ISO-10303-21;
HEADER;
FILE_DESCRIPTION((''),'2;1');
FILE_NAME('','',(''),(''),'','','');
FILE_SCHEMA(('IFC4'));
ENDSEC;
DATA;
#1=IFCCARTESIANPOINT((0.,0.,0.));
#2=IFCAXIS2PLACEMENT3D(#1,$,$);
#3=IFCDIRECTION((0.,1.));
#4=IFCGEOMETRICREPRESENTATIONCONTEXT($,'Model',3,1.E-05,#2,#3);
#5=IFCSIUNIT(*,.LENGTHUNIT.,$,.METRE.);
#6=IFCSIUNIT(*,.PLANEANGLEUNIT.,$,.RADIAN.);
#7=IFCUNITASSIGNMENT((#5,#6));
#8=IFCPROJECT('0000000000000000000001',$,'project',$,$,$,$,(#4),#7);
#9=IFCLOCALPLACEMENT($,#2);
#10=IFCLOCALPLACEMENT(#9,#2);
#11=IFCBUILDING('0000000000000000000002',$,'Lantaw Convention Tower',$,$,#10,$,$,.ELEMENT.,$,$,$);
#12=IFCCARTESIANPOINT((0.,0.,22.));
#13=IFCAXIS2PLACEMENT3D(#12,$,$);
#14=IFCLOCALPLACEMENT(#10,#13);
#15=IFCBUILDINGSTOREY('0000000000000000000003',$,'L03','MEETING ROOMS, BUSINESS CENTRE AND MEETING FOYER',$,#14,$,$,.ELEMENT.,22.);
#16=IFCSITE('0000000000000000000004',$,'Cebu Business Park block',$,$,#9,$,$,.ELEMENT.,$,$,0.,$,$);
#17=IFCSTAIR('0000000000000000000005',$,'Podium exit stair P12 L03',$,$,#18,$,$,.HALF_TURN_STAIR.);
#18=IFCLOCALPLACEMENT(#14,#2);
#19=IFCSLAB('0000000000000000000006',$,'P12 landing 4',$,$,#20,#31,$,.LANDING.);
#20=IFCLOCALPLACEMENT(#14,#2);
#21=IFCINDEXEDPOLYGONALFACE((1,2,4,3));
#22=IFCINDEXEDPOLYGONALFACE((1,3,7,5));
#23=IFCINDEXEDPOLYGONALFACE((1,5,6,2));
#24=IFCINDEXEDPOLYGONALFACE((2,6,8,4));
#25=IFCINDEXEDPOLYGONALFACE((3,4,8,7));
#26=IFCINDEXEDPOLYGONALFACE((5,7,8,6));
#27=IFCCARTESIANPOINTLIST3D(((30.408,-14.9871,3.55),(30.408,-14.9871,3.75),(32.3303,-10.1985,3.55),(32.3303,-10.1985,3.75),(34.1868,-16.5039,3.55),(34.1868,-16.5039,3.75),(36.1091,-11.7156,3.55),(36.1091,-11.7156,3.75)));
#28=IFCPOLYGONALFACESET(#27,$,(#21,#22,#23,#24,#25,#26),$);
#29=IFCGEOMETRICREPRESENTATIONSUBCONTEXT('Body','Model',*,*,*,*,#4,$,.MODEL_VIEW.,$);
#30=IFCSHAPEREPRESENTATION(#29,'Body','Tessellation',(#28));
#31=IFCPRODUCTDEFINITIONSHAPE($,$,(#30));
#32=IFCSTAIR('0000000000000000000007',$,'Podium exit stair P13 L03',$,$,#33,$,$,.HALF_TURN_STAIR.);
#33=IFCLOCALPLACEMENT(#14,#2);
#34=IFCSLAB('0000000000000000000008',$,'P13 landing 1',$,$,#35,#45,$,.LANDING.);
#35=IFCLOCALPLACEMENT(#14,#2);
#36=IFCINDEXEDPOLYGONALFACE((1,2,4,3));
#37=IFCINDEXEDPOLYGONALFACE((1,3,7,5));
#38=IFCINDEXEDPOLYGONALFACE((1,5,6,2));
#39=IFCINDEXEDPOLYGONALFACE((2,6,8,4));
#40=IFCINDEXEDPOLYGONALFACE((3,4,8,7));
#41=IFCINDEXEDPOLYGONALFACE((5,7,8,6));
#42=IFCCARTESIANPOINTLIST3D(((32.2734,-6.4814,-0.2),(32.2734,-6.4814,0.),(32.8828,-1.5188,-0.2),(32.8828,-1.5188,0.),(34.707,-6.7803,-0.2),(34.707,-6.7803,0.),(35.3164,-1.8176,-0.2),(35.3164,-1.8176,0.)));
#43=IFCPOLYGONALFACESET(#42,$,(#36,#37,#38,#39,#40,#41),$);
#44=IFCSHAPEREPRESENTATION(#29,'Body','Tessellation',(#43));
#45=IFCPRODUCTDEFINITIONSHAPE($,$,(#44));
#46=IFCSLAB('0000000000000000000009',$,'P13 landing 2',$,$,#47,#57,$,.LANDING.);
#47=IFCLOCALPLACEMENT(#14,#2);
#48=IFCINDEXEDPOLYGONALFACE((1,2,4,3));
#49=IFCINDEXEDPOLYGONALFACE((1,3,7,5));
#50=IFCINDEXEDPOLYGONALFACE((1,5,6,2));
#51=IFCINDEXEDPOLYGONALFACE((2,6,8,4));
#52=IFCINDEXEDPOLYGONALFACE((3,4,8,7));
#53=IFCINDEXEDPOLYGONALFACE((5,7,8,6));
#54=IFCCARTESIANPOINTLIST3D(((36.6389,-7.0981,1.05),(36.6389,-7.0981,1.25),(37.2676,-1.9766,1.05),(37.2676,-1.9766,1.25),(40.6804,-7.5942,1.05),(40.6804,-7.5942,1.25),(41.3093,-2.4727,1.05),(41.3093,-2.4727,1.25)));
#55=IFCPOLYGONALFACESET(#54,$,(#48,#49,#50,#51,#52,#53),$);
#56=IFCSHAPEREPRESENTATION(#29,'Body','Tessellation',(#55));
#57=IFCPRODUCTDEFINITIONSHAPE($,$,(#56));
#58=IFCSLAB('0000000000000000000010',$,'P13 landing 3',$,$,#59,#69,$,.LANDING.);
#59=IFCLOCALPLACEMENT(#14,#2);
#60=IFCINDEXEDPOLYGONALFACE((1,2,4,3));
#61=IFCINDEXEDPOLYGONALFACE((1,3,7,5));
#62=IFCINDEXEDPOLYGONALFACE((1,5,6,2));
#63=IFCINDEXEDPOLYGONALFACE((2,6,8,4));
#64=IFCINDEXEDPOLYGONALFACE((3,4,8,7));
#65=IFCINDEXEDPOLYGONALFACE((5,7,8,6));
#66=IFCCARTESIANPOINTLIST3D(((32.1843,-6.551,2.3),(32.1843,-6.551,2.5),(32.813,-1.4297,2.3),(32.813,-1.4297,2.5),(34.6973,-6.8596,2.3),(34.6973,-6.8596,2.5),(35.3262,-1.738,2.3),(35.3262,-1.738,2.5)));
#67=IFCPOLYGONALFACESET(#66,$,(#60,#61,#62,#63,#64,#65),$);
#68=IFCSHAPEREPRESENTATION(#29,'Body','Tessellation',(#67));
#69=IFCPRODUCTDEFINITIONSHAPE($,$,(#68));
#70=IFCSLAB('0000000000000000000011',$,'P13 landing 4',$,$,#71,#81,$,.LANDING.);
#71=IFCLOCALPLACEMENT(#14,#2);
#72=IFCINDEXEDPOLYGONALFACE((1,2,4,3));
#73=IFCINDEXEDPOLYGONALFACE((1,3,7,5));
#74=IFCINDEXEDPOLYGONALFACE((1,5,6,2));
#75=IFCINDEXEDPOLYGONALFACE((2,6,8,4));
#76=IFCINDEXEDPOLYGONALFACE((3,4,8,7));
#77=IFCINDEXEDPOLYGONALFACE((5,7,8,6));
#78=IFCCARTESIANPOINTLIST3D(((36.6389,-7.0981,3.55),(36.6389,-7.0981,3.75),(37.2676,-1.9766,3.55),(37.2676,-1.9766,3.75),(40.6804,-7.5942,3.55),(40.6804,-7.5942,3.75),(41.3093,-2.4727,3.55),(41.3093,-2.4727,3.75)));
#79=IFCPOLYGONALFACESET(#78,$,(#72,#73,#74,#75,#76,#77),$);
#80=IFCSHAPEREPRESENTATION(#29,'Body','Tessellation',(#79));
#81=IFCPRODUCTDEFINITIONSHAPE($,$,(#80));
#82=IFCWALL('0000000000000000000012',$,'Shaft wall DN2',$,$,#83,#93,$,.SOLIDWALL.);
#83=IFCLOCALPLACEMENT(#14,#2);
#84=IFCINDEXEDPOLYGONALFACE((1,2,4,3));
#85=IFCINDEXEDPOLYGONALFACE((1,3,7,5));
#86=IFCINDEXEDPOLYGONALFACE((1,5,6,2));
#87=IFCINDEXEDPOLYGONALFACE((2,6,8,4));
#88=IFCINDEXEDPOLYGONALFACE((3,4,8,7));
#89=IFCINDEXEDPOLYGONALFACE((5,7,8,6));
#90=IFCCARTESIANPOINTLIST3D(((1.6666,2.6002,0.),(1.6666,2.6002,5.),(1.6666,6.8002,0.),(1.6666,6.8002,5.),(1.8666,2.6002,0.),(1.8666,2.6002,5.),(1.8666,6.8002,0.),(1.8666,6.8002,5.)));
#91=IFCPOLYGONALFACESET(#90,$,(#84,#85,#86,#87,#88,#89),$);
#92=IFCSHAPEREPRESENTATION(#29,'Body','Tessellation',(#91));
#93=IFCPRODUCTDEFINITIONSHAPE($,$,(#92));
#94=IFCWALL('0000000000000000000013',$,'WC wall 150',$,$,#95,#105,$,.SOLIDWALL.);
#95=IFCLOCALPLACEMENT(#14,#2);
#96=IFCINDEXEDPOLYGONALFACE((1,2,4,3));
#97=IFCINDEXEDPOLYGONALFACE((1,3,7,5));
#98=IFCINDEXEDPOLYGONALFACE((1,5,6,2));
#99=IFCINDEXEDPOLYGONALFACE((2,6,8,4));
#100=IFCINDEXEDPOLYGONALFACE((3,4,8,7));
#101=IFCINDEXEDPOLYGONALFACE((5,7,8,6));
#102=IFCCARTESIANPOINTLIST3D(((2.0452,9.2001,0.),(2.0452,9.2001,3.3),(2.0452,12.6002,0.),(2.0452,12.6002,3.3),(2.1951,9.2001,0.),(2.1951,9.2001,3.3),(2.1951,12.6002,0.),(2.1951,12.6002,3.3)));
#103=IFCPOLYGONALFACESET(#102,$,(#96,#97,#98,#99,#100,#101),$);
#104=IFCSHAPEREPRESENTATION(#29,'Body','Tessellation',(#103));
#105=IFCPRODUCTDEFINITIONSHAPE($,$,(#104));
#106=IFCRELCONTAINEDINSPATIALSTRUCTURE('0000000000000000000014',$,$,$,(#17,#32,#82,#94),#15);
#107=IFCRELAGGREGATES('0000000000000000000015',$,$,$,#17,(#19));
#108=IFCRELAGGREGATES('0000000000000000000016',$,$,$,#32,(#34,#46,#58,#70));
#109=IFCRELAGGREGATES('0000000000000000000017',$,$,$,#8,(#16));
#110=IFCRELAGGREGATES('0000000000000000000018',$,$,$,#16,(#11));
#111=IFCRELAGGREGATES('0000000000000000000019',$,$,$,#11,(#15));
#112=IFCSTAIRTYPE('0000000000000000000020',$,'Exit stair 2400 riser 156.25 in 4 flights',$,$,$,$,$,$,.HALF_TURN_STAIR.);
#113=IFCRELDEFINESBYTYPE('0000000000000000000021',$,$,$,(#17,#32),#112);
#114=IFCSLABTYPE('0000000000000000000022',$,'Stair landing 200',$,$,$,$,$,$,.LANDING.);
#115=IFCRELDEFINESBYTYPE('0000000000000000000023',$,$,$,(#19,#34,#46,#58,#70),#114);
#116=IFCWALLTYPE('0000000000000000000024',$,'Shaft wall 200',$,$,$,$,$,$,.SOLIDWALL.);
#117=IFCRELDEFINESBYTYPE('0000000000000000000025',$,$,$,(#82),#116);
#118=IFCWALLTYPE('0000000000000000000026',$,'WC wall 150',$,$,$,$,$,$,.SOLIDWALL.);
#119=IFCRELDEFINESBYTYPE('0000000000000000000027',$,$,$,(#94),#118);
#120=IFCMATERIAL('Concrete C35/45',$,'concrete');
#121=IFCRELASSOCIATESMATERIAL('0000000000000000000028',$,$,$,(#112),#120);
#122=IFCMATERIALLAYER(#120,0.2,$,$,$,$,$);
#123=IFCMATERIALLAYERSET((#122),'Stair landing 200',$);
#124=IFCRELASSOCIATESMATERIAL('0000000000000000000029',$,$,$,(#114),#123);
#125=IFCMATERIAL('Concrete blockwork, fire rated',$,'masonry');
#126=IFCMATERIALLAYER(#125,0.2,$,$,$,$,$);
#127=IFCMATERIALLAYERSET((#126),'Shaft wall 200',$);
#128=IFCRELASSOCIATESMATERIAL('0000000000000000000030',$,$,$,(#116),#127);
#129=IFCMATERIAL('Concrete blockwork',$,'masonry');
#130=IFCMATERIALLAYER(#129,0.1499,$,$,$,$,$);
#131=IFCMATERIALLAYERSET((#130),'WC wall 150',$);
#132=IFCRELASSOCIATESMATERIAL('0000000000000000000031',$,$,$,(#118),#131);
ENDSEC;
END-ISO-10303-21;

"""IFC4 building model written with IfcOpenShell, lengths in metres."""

from ifc_helpers import new_model, si_unit, direction, frame, frame_2d, origin, place, context, subcontext, project, spatial, polyline, rectangle, outline, extrude, material, layer, layer_set, type_object, element, aggregate, save


model = new_model("IFC4")

# Units and contexts
model_context = context("Model", 3, precision=1e-05, world=origin(), true_north=direction((0.0, 1.0)))
body_context = subcontext(model_context, "Body", "Model", "MODEL_VIEW")
ifc_project = project(units=[si_unit("LENGTHUNIT", "METRE"), si_unit("PLANEANGLEUNIT", "RADIAN")], contexts=[model_context])

# Site, building, storey
site_placement = place(None, origin())
site = spatial("IfcSite", under=ifc_project, at=site_placement, Name="Cebu Business Park block", CompositionType="ELEMENT", RefElevation=0.0)
building_placement = place(site_placement, origin())
building = spatial("IfcBuilding", under=site, at=building_placement, Name="Lantaw Convention Tower", CompositionType="ELEMENT")
storey_placement = place(building_placement, frame((0.0, 0.0, 22.0)))
storey = spatial("IfcBuildingStorey", under=building, at=storey_placement, Name="L03", Description="MEETING ROOMS, BUSINESS CENTRE AND MEETING FOYER", CompositionType="ELEMENT", Elevation=22.0)

# Stairs, slabs
ifc_material_1 = material(Name="Concrete C35/45", Category="concrete")
stair_type = type_object("IfcStairType", Name="Exit stair 2400 riser 156.25 in 4 flights", PredefinedType="HALF_TURN_STAIR", material=ifc_material_1)
ifc_layer_1 = layer(ifc_material_1, 0.2)
ifc_layer_set_1 = layer_set([ifc_layer_1], Name="Stair landing 200")
slab_type = type_object("IfcSlabType", Name="Stair landing 200", PredefinedType="LANDING", material=ifc_layer_set_1)
stair_1_placement = place(storey_placement, origin())
stair_1 = element("IfcStair", 1, at=stair_1_placement, inside=storey, type_object=stair_type, Name="Podium exit stair P12 L03", PredefinedType="HALF_TURN_STAIR")
slab_1_placement = place(storey_placement, frame((0.0, 0.0, 3.55)))
slab_1 = element("IfcSlab", 2, at=slab_1_placement, type_object=slab_type, Name="P12 landing 4", PredefinedType="LANDING", context=body_context, shape_type="SweptSolid", body=[
    extrude(outline(polyline([(30.408, -14.9871), (34.1868, -16.5039), (36.1091, -11.7156), (32.3303, -10.1985), (30.408, -14.9871)])), origin(), (0.0, 0.0, 1.0), 0.2),
])
aggregate(stair_1, [slab_1])
stair_2_placement = place(storey_placement, origin())
stair_2 = element("IfcStair", 3, at=stair_2_placement, inside=storey, type_object=stair_type, Name="Podium exit stair P13 L03", PredefinedType="HALF_TURN_STAIR")
slab_2_placement = place(storey_placement, frame((0.0, 0.0, -0.2)))
slab_2 = element("IfcSlab", 4, at=slab_2_placement, type_object=slab_type, Name="P13 landing 1", PredefinedType="LANDING", context=body_context, shape_type="SweptSolid", body=[
    extrude(outline(polyline([(32.2734, -6.4814), (34.707, -6.7803), (35.3164, -1.8176), (32.8828, -1.5188), (32.2734, -6.4814)])), origin(), (0.0, 0.0, 1.0), 0.2),
])
slab_3_placement = place(storey_placement, frame((0.0, 0.0, 1.05)))
slab_3 = element("IfcSlab", 5, at=slab_3_placement, type_object=slab_type, Name="P13 landing 2", PredefinedType="LANDING", context=body_context, shape_type="SweptSolid", body=[
    extrude(outline(polyline([(36.6389, -7.0981), (40.6804, -7.5942), (41.3093, -2.4727), (37.2676, -1.9766), (36.6389, -7.0981)])), origin(), (0.0, 0.0, 1.0), 0.2),
])
slab_4_placement = place(storey_placement, frame((0.0, 0.0, 2.3)))
slab_4 = element("IfcSlab", 6, at=slab_4_placement, type_object=slab_type, Name="P13 landing 3", PredefinedType="LANDING", context=body_context, shape_type="SweptSolid", body=[
    extrude(outline(polyline([(32.1843, -6.551), (34.6973, -6.8596), (35.3262, -1.738), (32.813, -1.4297), (32.1843, -6.551)])), origin(), (0.0, 0.0, 1.0), 0.2),
])
slab_5_placement = place(storey_placement, frame((0.0, 0.0, 3.55)))
slab_5 = element("IfcSlab", 7, at=slab_5_placement, type_object=slab_type, Name="P13 landing 4", PredefinedType="LANDING", context=body_context, shape_type="SweptSolid", body=[
    extrude(outline(polyline([(36.6389, -7.0981), (40.6804, -7.5942), (41.3093, -2.4727), (37.2676, -1.9766), (36.6389, -7.0981)])), origin(), (0.0, 0.0, 1.0), 0.2),
])
aggregate(stair_2, [slab_2, slab_3, slab_4, slab_5])

# Walls
ifc_material_2 = material(Name="Concrete blockwork, fire rated", Category="masonry")
ifc_layer_2 = layer(ifc_material_2, 0.2)
ifc_layer_set_2 = layer_set([ifc_layer_2], Name="Shaft wall 200")
wall_type_1 = type_object("IfcWallType", Name="Shaft wall 200", PredefinedType="SOLIDWALL", material=ifc_layer_set_2)
wall_1_placement = place(storey_placement, frame((1.7666, 2.6001, 0.0), z_axis=(0.0, 0.0, 1.0), x_axis=(0.0, 1.0, 0.0)))
element("IfcWall", 8, at=wall_1_placement, inside=storey, type_object=wall_type_1, Name="Shaft wall DN2", PredefinedType="SOLIDWALL", context=body_context, shape_type="SweptSolid", body=[
    extrude(rectangle(XDim=4.2, YDim=0.2, at=frame_2d((2.1001, 0.0))), origin(), (0.0, 0.0, 1.0), 5.0),
])
ifc_material_3 = material(Name="Concrete blockwork", Category="masonry")
ifc_layer_3 = layer(ifc_material_3, 0.1499)
ifc_layer_set_3 = layer_set([ifc_layer_3], Name="WC wall 150")
wall_type_2 = type_object("IfcWallType", Name="WC wall 150", PredefinedType="SOLIDWALL", material=ifc_layer_set_3)
wall_2_placement = place(storey_placement, frame((2.1201, 9.2, 0.0), z_axis=(0.0, 0.0, 1.0), x_axis=(0.0, 1.0, 0.0)))
element("IfcWall", 9, at=wall_2_placement, inside=storey, type_object=wall_type_2, Name="WC wall 150", PredefinedType="SOLIDWALL", context=body_context, shape_type="SweptSolid", body=[
    extrude(rectangle(XDim=3.4001, YDim=0.1499, at=frame_2d((1.7002, 0.0))), origin(), (0.0, 0.0, 1.0), 3.3),
])

save(model, "model.ifc")
